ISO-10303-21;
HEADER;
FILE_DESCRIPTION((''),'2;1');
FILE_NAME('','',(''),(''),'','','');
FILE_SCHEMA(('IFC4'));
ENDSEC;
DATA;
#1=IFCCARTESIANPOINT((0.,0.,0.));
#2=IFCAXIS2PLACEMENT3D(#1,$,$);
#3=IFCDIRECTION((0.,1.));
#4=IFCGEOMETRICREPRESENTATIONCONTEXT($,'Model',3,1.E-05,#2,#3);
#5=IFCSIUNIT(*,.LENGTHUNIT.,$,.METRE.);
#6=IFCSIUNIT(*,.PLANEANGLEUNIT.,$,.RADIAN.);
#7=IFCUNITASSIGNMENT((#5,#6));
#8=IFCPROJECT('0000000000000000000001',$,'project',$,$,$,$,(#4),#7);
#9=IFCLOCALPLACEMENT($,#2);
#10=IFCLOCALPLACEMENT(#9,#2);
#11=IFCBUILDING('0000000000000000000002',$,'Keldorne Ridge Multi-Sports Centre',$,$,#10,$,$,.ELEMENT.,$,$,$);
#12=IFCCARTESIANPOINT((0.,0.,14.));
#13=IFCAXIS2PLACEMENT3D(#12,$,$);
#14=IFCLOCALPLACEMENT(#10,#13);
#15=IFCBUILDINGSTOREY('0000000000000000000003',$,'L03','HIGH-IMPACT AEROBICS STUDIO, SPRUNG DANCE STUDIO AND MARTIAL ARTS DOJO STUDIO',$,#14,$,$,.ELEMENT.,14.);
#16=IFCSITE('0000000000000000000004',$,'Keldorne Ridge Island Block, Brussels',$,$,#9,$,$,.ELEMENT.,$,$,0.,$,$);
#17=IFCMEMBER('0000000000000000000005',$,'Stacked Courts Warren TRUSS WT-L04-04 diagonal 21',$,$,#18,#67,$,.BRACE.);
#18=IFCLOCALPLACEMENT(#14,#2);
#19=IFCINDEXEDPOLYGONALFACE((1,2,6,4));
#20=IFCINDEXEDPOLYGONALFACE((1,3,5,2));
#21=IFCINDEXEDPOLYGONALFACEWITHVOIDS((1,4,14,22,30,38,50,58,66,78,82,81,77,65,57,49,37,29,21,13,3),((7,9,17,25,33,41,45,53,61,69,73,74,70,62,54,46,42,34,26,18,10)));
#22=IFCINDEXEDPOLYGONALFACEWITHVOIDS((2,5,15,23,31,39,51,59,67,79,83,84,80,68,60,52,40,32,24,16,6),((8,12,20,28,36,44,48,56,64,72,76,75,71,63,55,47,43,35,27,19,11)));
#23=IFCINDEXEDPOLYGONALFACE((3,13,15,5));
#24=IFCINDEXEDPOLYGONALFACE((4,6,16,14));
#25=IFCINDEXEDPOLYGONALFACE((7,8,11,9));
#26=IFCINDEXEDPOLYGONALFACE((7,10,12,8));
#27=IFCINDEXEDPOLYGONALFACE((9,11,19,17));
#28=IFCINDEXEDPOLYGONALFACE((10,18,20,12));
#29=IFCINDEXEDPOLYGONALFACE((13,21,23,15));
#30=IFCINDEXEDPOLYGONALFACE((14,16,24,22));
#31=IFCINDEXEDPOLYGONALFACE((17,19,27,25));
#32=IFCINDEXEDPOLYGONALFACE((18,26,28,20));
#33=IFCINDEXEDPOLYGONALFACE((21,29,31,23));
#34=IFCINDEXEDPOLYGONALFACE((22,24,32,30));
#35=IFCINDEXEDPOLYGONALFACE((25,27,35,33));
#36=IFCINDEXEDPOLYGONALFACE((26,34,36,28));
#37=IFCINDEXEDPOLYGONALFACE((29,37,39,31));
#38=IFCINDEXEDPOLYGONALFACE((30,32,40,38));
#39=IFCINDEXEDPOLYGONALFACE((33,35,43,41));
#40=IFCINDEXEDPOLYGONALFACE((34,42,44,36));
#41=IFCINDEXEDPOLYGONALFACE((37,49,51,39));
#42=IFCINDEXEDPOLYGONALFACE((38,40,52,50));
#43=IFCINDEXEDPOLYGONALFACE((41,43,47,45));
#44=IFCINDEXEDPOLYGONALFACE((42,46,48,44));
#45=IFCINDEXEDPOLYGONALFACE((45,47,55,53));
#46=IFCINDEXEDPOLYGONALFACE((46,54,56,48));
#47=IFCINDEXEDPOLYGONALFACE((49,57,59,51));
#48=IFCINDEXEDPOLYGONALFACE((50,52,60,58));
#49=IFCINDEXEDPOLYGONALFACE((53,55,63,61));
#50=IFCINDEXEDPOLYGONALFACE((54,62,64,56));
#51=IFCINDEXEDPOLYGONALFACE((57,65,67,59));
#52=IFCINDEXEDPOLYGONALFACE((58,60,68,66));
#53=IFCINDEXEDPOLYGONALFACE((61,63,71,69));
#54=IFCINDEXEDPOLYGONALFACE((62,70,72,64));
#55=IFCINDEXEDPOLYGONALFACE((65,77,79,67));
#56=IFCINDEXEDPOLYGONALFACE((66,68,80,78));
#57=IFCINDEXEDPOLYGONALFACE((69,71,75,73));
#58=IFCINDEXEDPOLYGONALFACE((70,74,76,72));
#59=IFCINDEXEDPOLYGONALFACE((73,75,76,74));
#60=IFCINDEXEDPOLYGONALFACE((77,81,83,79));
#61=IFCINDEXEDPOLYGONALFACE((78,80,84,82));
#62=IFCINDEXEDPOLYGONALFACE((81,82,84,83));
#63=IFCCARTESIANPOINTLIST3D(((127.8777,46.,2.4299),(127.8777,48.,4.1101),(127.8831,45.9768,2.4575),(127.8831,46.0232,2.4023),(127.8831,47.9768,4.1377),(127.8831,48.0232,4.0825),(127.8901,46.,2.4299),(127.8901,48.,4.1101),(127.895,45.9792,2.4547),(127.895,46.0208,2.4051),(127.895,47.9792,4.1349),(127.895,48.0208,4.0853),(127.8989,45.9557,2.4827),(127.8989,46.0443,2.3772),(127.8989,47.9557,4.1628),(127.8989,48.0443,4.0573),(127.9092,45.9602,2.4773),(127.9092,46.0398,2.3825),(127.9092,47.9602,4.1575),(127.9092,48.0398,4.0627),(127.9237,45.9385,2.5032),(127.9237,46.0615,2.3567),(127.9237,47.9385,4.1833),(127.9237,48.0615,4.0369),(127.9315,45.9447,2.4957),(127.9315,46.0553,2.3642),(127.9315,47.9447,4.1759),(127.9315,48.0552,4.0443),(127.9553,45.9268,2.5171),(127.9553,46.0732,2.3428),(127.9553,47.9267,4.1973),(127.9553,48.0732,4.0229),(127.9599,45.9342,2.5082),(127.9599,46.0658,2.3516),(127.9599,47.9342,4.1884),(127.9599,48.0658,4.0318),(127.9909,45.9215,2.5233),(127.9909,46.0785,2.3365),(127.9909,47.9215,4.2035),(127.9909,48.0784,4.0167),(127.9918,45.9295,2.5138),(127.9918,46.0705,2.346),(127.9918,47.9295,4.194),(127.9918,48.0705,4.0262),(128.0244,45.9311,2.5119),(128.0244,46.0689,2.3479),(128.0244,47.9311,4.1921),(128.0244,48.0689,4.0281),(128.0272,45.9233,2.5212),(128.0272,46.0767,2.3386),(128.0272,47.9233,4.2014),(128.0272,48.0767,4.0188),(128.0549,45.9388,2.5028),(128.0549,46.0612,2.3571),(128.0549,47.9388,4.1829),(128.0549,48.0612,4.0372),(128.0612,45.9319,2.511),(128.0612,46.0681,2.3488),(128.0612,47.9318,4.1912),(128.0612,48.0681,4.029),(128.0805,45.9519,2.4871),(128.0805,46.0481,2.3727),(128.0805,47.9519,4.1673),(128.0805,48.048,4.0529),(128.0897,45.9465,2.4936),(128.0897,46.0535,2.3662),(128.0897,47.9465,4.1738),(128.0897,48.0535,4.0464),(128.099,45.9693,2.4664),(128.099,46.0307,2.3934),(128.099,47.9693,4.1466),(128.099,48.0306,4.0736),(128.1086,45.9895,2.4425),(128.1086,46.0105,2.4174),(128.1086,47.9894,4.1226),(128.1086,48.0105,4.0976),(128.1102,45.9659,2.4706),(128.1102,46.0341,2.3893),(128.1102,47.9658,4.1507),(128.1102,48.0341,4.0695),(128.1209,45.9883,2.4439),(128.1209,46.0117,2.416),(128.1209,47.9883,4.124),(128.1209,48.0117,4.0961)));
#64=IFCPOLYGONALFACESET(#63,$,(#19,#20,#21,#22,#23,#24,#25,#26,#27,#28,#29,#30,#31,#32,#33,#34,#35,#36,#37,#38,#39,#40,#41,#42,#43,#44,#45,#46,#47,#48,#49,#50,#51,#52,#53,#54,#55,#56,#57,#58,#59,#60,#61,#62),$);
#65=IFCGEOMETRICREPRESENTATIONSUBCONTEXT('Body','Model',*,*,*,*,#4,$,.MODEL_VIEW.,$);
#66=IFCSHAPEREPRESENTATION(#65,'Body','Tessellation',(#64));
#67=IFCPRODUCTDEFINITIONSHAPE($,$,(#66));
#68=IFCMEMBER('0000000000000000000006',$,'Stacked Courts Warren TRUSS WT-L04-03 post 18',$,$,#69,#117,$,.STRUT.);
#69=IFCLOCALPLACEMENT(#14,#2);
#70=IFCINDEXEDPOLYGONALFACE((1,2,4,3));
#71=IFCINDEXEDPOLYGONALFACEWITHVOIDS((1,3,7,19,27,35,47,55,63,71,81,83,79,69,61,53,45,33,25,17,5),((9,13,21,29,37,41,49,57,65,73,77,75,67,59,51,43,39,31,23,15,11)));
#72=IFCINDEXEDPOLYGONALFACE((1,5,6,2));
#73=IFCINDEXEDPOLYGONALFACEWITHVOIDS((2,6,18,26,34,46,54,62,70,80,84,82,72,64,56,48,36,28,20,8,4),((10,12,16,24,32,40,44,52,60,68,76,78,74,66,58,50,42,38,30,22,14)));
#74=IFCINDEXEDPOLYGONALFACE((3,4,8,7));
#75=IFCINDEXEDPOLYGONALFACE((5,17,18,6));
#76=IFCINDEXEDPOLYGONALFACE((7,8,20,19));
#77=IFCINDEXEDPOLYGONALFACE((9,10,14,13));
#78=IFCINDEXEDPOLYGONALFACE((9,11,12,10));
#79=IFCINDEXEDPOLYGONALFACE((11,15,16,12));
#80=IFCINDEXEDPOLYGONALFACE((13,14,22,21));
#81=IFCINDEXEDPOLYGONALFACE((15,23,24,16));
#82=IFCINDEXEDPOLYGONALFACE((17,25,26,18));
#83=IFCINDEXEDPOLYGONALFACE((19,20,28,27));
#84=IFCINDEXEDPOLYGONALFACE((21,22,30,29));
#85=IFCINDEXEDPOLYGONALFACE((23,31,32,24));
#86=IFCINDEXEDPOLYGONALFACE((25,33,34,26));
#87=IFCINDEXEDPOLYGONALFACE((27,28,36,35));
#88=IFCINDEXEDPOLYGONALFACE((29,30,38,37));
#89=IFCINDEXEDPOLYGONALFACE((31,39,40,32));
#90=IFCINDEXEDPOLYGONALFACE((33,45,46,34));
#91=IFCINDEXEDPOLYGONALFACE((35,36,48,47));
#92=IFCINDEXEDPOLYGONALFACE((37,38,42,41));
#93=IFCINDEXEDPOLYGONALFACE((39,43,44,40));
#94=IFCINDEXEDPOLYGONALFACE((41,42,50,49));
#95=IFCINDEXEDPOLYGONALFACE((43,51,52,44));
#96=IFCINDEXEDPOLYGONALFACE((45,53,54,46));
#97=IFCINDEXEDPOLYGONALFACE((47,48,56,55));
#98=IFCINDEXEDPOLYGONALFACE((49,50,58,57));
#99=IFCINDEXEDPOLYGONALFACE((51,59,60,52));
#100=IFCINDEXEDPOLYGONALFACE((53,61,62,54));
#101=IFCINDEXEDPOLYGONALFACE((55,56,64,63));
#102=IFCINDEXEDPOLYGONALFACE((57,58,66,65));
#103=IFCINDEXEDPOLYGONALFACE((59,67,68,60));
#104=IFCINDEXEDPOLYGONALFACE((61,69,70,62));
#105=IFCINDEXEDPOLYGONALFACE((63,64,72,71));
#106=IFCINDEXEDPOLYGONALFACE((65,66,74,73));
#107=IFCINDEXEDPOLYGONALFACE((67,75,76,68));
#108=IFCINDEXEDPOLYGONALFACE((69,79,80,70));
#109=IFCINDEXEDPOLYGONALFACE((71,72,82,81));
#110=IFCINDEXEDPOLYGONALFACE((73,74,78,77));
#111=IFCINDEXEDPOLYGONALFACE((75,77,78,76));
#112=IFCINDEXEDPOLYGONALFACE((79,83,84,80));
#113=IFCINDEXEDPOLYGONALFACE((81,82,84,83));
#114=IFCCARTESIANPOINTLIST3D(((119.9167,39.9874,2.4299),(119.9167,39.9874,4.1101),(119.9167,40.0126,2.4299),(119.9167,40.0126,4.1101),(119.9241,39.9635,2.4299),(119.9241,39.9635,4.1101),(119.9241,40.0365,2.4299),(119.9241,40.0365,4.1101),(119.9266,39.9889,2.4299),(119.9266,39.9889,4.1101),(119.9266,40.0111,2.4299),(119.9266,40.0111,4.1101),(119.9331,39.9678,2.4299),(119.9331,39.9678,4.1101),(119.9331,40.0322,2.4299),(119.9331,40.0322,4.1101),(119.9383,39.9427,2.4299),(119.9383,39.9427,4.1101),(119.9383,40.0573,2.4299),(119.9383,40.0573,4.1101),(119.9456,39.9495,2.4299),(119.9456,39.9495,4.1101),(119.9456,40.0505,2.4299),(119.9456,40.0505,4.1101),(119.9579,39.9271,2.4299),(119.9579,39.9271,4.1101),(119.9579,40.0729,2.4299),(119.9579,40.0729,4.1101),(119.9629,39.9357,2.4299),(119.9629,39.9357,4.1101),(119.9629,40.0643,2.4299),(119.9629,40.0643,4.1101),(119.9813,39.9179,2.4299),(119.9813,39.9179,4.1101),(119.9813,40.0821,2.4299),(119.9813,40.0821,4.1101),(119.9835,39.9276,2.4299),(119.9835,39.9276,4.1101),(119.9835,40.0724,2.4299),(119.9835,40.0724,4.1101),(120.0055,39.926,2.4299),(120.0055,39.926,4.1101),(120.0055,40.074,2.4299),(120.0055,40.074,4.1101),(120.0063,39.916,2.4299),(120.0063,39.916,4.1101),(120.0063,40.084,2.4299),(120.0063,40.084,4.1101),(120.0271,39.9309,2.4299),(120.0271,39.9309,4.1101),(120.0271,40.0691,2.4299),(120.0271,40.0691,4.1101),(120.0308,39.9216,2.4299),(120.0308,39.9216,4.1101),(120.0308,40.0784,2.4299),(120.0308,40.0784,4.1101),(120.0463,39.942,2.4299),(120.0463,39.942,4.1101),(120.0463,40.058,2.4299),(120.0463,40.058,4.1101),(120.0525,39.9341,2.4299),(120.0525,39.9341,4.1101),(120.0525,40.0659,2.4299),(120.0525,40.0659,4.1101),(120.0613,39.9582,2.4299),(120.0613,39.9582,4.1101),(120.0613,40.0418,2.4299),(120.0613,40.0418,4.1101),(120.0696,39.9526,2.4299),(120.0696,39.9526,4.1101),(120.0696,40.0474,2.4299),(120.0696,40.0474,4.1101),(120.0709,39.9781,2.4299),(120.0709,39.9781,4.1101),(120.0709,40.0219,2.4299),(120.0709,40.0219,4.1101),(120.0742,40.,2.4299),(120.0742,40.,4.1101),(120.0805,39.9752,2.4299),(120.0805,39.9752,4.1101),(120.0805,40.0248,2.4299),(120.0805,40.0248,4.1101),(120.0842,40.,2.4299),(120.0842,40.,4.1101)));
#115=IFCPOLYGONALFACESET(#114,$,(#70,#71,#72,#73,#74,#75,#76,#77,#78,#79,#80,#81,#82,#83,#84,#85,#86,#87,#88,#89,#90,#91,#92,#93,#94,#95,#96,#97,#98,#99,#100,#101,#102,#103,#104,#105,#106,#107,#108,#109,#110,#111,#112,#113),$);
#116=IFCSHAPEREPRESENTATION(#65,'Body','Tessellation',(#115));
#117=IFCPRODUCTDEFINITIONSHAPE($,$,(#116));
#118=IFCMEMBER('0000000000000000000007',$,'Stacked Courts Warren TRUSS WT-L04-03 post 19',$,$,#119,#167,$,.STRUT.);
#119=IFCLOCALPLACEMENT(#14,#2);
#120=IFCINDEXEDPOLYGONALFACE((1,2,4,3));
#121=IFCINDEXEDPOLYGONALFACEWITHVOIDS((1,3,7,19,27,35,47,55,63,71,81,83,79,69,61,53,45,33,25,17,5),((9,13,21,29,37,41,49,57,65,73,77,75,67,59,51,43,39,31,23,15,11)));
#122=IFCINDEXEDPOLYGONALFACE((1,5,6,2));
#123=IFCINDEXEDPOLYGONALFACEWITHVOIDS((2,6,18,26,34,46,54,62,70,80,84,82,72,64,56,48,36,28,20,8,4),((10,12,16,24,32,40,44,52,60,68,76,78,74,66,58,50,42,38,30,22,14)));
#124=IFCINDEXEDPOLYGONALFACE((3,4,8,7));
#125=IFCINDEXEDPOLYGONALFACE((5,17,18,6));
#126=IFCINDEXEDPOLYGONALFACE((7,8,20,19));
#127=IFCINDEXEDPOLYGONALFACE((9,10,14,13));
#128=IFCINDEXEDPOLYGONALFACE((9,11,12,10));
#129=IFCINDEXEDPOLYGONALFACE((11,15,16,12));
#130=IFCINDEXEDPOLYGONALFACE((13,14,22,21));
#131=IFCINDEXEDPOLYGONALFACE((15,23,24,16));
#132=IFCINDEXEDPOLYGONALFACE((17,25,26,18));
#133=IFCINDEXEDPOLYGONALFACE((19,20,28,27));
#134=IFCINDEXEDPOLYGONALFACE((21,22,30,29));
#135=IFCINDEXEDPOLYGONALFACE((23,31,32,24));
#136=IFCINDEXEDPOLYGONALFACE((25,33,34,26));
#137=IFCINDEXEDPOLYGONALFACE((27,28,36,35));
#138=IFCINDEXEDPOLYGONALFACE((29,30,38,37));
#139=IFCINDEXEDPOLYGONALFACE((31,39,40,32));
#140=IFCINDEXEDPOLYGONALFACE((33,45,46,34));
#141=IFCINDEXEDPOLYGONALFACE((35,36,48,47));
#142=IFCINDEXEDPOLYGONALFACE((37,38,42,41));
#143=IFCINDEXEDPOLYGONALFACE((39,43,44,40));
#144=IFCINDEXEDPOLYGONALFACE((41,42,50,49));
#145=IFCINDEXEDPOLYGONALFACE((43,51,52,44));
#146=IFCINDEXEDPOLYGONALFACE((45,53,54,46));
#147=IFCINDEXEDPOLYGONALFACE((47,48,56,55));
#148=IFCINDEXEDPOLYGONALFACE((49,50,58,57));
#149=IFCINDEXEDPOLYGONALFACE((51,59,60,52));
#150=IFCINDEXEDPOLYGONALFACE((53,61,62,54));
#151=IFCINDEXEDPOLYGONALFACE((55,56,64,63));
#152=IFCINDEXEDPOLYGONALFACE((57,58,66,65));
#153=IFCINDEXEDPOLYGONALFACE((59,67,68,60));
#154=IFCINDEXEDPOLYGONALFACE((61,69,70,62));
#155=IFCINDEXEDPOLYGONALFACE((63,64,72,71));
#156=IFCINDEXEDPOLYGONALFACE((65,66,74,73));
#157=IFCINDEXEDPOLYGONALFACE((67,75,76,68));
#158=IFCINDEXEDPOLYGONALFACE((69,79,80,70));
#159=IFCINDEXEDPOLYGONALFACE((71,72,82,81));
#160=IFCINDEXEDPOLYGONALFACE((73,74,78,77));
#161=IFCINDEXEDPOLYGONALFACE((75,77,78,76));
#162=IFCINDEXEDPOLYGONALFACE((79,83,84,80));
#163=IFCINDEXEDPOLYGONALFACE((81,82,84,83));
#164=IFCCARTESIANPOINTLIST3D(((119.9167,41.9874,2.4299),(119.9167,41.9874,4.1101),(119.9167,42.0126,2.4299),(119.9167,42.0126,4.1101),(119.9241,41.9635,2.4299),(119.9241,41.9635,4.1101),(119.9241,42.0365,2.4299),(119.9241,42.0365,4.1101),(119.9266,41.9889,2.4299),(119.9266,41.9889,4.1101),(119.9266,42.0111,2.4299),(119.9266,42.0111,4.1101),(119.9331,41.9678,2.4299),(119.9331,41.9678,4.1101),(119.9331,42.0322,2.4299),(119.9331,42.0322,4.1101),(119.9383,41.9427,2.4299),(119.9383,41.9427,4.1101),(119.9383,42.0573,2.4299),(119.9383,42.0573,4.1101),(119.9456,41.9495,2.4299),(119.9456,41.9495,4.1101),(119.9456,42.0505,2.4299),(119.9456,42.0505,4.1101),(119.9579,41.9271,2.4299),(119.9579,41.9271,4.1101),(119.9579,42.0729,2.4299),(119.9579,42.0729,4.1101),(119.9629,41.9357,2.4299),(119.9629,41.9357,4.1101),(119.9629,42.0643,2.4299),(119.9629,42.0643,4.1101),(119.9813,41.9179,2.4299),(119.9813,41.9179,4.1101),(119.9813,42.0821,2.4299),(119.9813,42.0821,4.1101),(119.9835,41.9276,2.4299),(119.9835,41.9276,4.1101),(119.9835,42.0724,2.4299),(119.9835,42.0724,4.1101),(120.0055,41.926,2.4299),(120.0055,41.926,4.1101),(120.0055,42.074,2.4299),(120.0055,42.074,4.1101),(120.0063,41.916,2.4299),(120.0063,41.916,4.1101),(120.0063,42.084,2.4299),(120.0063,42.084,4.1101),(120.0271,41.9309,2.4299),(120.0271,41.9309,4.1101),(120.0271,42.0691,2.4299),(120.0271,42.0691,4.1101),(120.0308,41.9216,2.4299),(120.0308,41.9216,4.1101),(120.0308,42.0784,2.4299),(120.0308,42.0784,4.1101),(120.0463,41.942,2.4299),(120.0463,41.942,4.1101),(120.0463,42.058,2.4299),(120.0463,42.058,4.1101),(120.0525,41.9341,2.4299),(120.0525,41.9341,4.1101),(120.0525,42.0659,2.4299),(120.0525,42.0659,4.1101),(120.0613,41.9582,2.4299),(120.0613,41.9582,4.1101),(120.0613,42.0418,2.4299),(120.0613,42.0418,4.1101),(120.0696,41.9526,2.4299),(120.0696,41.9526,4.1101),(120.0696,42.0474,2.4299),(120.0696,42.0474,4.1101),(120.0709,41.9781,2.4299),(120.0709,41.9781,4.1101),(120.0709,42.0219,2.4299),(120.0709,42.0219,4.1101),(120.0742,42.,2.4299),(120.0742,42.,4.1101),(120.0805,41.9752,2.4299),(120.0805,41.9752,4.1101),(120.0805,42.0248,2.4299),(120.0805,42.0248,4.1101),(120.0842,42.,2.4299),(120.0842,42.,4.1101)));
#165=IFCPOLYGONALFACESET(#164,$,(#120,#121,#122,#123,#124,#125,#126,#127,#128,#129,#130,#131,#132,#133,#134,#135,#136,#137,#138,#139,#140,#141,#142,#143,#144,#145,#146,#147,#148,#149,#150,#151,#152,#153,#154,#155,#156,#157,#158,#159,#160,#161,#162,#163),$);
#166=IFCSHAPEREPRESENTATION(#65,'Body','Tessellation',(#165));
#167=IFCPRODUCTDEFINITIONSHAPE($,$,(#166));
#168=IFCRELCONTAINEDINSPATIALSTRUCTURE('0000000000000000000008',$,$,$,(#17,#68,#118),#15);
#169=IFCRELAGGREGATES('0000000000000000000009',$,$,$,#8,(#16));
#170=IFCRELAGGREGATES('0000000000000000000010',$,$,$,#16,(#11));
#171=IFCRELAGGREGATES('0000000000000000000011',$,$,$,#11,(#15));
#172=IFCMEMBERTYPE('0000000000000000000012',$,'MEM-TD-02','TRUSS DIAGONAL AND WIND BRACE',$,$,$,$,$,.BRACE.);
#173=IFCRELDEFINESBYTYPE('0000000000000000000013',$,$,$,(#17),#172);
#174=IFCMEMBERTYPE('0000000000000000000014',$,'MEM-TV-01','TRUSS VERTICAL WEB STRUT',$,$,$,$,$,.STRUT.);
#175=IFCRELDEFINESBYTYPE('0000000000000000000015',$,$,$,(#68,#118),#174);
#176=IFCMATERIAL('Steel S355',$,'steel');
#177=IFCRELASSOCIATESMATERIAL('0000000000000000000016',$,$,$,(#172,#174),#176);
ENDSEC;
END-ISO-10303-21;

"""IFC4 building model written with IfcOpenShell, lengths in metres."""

from ifc_helpers import new_model, si_unit, direction, frame, origin, origin_2d, place, context, subcontext, project, spatial, hollow_circle, extrude, material, material_profile, profile_set, type_object, element, save


model = new_model("IFC4")

# Units and contexts
model_context = context("Model", 3, precision=1e-05, world=origin(), true_north=direction((0.0, 1.0)))
body_context = subcontext(model_context, "Body", "Model", "MODEL_VIEW")
ifc_project = project(units=[si_unit("LENGTHUNIT", "METRE"), si_unit("PLANEANGLEUNIT", "RADIAN")], contexts=[model_context])

# Site, building, storey
site_placement = place(None, origin())
site = spatial("IfcSite", under=ifc_project, at=site_placement, Name="Keldorne Ridge Island Block, Brussels", CompositionType="ELEMENT", RefElevation=0.0)
building_placement = place(site_placement, origin())
building = spatial("IfcBuilding", under=site, at=building_placement, Name="Keldorne Ridge Multi-Sports Centre", CompositionType="ELEMENT")
storey_placement = place(building_placement, frame((0.0, 0.0, 14.0)))
storey = spatial("IfcBuildingStorey", under=building, at=storey_placement, Name="L03", Description="HIGH-IMPACT AEROBICS STUDIO, SPRUNG DANCE STUDIO AND MARTIAL ARTS DOJO STUDIO", CompositionType="ELEMENT", Elevation=14.0)

# Members
ifc_material = material(Name="Steel S355", Category="steel")
ifc_material_profile_1 = material_profile(ifc_material, hollow_circle(Radius=0.1223, WallThickness=0.0125, at=origin_2d()), Name="CHS 244.5x12.5")
ifc_profile_set_1 = profile_set([ifc_material_profile_1], Name="Steel S355")
member_type_1 = type_object("IfcMemberType", Name="MEM-TD-02", Description="TRUSS DIAGONAL AND WIND BRACE", PredefinedType="BRACE", material=ifc_profile_set_1)
for number, where, z_axis, x_axis, name in (
    (1, (128.0, 46.0, 2.4299), (0.0, 0.765672, 0.643232), (-1.0, 0.0, 0.0), "Stacked Courts Warren TRUSS WT-L04-04 diagonal 21"),
):
    element("IfcMember", number, at=place(storey_placement, frame(where, z_axis=z_axis, x_axis=x_axis)), inside=storey, type_object=member_type_1, Name=name, PredefinedType="BRACE", context=body_context, shape_type="SweptSolid", body=[
        extrude(hollow_circle(Radius=0.1223, WallThickness=0.0125, at=origin_2d()), origin(), (0.0, 0.0, 1.0), 2.6121),
    ])
ifc_material_profile_2 = material_profile(ifc_material, hollow_circle(Radius=0.0842, WallThickness=0.01, at=origin_2d()), Name="CHS 168.3x10")
ifc_profile_set_2 = profile_set([ifc_material_profile_2], Name="Steel S355")
member_type_2 = type_object("IfcMemberType", Name="MEM-TV-01", Description="TRUSS VERTICAL WEB STRUT", PredefinedType="STRUT", material=ifc_profile_set_2)
for number, where, z_axis, x_axis, name in (
    (2, (120.0, 40.0, 2.4299), (0.0, 0.0, 1.0), (1.0, 0.0, 0.0), "Stacked Courts Warren TRUSS WT-L04-03 post 18"),
    (3, (120.0, 42.0, 2.4299), (0.0, 0.0, 1.0), (1.0, 0.0, 0.0), "Stacked Courts Warren TRUSS WT-L04-03 post 19"),
):
    element("IfcMember", number, at=place(storey_placement, frame(where, z_axis=z_axis, x_axis=x_axis)), inside=storey, type_object=member_type_2, Name=name, PredefinedType="STRUT", context=body_context, shape_type="SweptSolid", body=[
        extrude(hollow_circle(Radius=0.0842, WallThickness=0.01, at=origin_2d()), origin(), (0.0, 0.0, 1.0), 1.6802),
    ])

save(model, "model.ifc")
